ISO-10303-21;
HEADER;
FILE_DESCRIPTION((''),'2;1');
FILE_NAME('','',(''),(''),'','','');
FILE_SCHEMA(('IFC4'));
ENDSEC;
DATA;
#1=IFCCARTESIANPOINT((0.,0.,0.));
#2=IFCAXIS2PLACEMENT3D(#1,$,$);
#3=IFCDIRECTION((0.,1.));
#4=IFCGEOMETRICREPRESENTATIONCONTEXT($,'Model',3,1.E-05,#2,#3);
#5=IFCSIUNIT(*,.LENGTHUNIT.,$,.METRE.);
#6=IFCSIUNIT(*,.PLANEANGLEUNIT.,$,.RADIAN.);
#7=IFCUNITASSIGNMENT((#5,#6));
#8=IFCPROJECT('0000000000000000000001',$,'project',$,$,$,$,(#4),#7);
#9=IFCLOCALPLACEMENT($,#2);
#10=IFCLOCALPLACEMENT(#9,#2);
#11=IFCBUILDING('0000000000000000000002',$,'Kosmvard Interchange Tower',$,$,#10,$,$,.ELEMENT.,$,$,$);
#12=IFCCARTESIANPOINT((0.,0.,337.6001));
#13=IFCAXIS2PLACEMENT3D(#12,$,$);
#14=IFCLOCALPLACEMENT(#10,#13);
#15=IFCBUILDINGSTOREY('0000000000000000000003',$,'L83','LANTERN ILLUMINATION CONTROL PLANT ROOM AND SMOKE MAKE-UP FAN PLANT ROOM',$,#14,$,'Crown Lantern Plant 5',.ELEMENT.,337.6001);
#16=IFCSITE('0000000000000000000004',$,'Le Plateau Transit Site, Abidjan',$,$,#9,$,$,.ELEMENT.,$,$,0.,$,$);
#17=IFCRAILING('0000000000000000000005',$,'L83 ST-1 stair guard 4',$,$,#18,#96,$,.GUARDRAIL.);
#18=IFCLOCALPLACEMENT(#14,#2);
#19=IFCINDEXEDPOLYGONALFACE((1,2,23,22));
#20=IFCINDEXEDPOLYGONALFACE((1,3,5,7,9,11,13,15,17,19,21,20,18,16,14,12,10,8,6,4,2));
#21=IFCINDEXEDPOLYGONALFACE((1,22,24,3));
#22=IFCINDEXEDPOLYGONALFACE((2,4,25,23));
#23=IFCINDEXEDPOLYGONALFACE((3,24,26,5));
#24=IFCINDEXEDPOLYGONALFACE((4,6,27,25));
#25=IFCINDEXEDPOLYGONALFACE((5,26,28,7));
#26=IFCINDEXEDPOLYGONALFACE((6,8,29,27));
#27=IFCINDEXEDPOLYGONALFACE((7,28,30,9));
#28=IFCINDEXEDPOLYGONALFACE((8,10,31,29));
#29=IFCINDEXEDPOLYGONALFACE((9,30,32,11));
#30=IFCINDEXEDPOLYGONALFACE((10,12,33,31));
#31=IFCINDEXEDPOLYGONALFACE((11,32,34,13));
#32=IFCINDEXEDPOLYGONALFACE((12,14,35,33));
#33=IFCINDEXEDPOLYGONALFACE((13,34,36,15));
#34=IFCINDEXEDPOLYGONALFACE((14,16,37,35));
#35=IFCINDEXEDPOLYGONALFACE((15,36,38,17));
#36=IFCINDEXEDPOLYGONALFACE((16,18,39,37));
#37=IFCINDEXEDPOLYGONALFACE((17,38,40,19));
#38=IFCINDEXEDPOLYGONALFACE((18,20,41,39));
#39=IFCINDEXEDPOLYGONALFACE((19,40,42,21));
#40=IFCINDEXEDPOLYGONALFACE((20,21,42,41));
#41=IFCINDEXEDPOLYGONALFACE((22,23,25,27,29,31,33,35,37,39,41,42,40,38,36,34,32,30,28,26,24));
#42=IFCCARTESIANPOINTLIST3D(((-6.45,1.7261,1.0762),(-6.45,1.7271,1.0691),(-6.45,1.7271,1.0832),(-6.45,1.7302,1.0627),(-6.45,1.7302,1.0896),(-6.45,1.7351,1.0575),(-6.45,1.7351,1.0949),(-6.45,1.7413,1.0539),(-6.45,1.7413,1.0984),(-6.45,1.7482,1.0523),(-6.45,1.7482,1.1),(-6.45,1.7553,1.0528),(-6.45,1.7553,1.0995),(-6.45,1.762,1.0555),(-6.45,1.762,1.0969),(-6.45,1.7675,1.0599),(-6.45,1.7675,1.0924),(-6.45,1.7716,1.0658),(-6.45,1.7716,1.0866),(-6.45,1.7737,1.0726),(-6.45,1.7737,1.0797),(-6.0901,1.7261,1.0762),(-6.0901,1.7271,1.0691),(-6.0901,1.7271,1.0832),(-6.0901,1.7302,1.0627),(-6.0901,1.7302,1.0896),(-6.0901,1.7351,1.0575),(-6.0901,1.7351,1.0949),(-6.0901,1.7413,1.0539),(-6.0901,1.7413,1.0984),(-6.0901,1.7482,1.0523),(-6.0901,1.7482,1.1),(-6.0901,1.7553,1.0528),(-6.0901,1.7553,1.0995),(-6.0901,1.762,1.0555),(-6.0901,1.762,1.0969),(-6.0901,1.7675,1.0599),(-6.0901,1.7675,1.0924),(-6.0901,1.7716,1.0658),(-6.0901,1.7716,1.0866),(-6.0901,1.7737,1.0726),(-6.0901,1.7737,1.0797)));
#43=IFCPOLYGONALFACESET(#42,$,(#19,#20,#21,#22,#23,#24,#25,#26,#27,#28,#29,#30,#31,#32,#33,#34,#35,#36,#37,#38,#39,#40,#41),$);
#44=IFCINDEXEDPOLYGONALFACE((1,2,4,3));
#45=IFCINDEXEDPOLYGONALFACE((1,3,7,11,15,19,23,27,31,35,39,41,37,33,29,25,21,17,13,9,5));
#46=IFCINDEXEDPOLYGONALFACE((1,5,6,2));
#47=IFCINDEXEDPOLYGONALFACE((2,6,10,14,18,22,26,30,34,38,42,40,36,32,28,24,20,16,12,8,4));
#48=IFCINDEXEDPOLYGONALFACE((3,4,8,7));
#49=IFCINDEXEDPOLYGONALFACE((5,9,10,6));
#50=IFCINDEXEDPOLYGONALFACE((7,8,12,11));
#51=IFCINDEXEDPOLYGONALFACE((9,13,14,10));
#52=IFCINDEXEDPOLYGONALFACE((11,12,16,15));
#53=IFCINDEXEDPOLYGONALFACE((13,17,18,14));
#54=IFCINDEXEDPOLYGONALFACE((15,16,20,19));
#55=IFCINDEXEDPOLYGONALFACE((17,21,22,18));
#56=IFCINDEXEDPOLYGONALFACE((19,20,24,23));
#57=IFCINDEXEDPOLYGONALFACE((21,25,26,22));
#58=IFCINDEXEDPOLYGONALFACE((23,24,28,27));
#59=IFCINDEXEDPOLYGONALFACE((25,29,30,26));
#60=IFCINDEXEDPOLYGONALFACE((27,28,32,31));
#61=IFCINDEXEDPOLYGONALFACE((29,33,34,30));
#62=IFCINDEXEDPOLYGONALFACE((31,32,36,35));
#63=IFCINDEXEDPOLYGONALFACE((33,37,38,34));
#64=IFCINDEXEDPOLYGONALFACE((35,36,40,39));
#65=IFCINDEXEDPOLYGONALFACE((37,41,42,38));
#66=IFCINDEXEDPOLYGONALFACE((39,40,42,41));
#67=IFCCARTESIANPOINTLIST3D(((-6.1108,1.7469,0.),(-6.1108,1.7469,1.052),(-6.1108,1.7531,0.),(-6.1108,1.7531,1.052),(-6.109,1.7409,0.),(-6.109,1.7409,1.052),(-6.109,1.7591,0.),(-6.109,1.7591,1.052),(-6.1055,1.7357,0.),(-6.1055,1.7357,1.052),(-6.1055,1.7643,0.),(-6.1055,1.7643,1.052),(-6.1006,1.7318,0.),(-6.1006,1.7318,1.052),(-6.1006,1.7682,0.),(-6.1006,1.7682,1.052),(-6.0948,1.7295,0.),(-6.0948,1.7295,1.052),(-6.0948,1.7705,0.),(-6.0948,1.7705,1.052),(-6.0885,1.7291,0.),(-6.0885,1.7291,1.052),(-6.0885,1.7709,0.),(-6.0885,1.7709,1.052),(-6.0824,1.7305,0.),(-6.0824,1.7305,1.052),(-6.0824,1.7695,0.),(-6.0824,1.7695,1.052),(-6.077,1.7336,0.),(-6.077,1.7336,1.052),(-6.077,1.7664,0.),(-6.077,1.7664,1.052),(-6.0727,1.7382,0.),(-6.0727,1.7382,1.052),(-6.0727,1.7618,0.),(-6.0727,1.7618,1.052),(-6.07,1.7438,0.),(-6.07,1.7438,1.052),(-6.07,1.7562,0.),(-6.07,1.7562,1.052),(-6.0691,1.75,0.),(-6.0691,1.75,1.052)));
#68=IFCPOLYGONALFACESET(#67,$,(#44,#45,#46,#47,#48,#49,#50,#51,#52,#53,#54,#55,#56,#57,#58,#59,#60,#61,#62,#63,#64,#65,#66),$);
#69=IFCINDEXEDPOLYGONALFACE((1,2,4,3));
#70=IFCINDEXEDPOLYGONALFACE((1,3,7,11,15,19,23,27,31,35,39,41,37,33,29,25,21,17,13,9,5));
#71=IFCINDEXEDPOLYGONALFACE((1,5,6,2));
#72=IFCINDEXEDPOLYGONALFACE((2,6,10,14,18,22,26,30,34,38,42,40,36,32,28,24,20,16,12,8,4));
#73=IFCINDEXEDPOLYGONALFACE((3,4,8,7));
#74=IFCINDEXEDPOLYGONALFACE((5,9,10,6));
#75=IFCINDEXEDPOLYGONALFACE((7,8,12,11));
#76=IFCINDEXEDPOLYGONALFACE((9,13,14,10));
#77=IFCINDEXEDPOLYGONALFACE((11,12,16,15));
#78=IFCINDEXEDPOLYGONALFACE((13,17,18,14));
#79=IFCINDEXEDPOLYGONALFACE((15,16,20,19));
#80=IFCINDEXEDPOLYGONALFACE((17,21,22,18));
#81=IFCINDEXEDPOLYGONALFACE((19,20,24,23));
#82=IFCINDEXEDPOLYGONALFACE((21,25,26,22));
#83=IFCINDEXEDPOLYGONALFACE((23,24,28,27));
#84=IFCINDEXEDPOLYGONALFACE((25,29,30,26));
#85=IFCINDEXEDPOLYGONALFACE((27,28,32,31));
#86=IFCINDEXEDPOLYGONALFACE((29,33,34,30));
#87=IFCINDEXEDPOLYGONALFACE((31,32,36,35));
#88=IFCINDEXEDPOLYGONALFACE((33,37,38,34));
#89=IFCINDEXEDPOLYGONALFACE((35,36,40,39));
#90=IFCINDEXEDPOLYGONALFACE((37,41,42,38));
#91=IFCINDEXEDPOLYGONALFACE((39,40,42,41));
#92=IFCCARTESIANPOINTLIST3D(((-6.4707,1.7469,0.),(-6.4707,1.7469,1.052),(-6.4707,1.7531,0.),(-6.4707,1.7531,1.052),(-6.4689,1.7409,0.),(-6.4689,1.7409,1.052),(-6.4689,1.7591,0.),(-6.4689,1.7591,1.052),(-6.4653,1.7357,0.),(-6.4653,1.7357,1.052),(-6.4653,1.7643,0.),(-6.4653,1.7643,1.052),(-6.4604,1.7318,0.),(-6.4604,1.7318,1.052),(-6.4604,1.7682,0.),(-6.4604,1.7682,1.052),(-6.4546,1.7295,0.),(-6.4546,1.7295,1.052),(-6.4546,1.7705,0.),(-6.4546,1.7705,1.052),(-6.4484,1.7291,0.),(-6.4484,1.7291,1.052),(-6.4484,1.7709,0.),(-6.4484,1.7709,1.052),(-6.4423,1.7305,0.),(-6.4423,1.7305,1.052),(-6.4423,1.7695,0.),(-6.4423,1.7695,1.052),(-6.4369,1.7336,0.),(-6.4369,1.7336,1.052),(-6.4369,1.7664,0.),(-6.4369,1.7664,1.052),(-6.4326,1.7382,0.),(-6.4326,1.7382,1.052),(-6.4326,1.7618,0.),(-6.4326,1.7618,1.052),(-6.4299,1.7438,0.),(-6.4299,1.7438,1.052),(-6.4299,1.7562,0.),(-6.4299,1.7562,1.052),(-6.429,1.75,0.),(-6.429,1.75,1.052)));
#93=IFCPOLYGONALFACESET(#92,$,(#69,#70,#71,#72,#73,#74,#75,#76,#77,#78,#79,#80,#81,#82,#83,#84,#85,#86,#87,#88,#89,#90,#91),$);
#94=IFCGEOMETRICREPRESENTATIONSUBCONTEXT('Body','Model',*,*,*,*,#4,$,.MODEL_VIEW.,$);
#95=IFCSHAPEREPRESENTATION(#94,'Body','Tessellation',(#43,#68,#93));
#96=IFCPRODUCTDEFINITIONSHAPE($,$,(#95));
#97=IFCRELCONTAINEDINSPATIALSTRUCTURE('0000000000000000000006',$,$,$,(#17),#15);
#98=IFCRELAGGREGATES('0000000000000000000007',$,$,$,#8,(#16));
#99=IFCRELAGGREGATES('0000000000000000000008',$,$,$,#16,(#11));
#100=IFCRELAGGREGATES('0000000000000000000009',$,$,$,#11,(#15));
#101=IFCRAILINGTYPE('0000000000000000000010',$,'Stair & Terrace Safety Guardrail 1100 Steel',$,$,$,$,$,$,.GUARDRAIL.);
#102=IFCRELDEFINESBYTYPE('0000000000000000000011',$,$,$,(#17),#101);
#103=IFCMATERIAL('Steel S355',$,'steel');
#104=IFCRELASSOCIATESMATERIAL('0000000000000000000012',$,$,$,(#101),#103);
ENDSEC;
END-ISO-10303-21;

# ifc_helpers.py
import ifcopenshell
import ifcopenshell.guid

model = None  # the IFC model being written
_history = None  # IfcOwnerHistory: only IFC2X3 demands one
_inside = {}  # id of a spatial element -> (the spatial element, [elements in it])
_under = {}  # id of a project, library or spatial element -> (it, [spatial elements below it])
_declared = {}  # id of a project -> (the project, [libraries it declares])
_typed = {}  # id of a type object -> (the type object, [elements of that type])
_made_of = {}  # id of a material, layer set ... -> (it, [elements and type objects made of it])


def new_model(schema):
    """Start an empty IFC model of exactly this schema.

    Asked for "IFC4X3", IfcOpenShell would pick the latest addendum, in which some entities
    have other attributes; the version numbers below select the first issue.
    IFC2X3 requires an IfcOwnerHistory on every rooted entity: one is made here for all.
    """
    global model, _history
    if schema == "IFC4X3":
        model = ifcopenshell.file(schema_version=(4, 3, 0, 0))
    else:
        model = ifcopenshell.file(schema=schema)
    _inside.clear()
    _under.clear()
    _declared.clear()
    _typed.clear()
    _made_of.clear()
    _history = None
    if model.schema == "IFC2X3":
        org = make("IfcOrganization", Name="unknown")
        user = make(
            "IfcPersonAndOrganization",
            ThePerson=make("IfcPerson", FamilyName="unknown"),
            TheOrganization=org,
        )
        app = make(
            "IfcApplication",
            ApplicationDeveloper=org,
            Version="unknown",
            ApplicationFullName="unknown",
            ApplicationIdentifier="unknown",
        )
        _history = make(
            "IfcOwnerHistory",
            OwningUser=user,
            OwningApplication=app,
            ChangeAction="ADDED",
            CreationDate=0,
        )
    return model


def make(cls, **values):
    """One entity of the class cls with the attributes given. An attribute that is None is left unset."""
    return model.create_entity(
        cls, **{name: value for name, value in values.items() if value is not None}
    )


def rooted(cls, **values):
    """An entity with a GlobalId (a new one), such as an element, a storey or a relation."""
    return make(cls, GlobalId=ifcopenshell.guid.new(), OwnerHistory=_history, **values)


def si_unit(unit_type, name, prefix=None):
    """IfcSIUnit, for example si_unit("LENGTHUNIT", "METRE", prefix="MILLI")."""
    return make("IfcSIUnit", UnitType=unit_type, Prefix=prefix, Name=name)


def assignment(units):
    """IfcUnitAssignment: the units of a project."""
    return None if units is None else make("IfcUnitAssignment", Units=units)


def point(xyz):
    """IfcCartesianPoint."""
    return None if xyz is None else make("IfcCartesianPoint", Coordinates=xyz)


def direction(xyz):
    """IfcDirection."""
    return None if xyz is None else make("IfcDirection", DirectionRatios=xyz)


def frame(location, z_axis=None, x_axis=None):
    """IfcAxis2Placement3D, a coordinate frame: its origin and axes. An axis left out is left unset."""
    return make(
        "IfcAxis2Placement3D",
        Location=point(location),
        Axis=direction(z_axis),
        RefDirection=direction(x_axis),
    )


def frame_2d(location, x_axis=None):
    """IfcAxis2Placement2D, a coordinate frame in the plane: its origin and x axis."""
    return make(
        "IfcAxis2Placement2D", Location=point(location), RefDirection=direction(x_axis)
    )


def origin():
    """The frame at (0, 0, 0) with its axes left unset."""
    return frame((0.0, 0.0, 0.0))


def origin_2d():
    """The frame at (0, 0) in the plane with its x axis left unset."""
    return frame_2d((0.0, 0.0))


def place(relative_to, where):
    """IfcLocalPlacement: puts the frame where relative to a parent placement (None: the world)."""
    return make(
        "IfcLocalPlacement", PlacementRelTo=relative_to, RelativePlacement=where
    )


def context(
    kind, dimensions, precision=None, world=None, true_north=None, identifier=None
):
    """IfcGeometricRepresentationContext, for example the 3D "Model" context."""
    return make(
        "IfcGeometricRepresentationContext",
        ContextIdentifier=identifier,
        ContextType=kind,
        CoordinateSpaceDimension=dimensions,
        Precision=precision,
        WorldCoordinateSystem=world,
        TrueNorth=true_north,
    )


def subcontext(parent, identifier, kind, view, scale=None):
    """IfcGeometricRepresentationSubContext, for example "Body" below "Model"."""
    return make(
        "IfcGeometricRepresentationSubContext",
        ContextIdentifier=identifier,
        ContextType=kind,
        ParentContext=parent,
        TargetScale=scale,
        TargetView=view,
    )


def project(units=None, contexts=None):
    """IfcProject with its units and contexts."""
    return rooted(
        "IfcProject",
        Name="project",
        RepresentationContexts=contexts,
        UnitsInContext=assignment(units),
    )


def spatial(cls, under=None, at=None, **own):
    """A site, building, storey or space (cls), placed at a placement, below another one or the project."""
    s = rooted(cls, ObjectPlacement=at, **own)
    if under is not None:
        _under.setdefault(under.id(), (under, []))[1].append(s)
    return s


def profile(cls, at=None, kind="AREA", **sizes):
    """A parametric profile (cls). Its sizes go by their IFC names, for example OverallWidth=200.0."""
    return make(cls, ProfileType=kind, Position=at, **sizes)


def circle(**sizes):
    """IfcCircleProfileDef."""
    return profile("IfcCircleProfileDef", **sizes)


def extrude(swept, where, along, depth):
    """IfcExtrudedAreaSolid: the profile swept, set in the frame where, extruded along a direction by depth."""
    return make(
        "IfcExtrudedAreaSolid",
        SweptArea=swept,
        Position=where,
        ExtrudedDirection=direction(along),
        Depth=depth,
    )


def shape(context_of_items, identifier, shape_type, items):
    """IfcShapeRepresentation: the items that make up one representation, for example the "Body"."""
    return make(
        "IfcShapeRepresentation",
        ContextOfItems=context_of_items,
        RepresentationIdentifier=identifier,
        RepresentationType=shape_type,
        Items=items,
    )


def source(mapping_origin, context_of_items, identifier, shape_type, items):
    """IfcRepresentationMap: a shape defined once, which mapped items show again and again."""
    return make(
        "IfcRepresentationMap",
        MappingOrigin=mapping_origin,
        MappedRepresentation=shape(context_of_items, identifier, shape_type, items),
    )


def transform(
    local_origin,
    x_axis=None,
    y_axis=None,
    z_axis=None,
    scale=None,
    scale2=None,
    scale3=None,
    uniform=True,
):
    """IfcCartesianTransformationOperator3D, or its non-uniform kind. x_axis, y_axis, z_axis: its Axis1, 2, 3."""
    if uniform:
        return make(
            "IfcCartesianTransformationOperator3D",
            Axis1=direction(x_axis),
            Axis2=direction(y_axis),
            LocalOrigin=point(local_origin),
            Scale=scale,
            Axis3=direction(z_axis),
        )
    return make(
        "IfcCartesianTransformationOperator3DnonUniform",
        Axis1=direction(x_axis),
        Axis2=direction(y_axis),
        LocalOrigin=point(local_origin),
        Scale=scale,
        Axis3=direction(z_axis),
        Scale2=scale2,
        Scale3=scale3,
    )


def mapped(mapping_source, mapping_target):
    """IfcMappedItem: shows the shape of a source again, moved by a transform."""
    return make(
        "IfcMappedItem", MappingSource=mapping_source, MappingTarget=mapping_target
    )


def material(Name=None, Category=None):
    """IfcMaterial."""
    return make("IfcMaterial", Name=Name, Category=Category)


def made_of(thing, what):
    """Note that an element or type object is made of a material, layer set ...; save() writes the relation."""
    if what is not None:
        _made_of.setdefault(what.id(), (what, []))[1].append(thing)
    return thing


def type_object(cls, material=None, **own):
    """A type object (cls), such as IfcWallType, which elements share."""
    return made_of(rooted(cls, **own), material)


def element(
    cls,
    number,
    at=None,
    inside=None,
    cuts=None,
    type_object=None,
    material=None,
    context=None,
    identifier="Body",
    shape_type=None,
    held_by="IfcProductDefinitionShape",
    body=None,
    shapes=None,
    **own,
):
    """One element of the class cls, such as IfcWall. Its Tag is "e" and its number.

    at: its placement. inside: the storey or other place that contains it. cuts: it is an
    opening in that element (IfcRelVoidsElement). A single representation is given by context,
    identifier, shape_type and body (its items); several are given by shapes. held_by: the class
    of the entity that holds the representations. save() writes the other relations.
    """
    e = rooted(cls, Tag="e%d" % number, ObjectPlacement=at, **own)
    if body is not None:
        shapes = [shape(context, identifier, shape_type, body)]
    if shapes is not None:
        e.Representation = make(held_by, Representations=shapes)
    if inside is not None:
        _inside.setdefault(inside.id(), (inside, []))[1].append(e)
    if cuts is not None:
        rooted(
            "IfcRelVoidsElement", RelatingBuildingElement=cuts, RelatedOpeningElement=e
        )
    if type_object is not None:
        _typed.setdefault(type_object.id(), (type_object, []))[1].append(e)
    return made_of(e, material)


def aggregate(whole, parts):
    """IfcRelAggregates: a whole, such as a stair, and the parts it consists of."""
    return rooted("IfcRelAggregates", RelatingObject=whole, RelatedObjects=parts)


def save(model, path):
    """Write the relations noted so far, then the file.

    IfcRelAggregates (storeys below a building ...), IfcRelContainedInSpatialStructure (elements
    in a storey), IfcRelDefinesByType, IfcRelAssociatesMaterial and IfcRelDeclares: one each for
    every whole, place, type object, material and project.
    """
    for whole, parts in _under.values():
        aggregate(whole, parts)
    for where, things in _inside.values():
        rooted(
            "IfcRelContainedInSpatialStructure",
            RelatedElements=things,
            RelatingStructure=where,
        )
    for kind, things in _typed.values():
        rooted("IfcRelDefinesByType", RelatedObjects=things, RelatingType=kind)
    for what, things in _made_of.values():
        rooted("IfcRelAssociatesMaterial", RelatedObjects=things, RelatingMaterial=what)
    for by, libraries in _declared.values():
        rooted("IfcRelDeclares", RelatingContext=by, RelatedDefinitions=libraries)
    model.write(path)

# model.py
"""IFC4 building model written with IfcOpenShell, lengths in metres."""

from ifc_helpers import new_model, si_unit, direction, frame, origin, origin_2d, place, context, subcontext, project, spatial, circle, extrude, source, transform, mapped, material, type_object, element, save


model = new_model("IFC4")

# Units and contexts
model_context = context("Model", 3, precision=1e-05, world=origin(), true_north=direction((0.0, 1.0)))
body_context = subcontext(model_context, "Body", "Model", "MODEL_VIEW")
ifc_project = project(units=[si_unit("LENGTHUNIT", "METRE"), si_unit("PLANEANGLEUNIT", "RADIAN")], contexts=[model_context])

# Site, building, storey
site_placement = place(None, origin())
site = spatial("IfcSite", under=ifc_project, at=site_placement, Name="Le Plateau Transit Site, Abidjan", CompositionType="ELEMENT", RefElevation=0.0)
building_placement = place(site_placement, origin())
building = spatial("IfcBuilding", under=site, at=building_placement, Name="Kosmvard Interchange Tower", CompositionType="ELEMENT")
storey_placement = place(building_placement, frame((0.0, 0.0, 337.6001)))
storey = spatial("IfcBuildingStorey", under=building, at=storey_placement, Name="L83", Description="LANTERN ILLUMINATION CONTROL PLANT ROOM AND SMOKE MAKE-UP FAN PLANT ROOM", LongName="Crown Lantern Plant 5", CompositionType="ELEMENT", Elevation=337.6001)

# Shared definitions
ifc_material_1 = material(Name="Steel S355", Category="steel")

# Railing
railing_type_1 = type_object("IfcRailingType", Name="Stair & Terrace Safety Guardrail 1100 Steel", PredefinedType="GUARDRAIL", material=ifc_material_1)
shared_shape_1 = source(origin(), body_context, "Body", "SweptSolid", [
    extrude(circle(Radius=0.0239, at=origin_2d()), frame((0.0, 0.0, 1.0762), z_axis=(-1.0, 0.0, 0.0), x_axis=(0.0, -1.0, 0.0)), (0.0, 0.0, 1.0), 0.3599),
    extrude(circle(Radius=0.021, at=origin_2d()), origin(), (0.0, 0.0, 1.0), 1.052),
    extrude(circle(Radius=0.021, at=origin_2d()), frame((-0.3599, 0.0, 0.0)), (0.0, 0.0, 1.0), 1.052),
])
for number, where, name in (
    (1, (-6.0901, 1.75, 0.0), "L83 ST-1 stair guard 4"),
):
    element("IfcRailing", number, at=place(storey_placement, frame(where)), inside=storey, type_object=railing_type_1, Name=name, PredefinedType="GUARDRAIL", context=body_context, shape_type="MappedRepresentation", body=[
        mapped(shared_shape_1, transform((0.0, 0.0, 0.0), scale=1.0)),
    ])

save(model, "model.ifc")
